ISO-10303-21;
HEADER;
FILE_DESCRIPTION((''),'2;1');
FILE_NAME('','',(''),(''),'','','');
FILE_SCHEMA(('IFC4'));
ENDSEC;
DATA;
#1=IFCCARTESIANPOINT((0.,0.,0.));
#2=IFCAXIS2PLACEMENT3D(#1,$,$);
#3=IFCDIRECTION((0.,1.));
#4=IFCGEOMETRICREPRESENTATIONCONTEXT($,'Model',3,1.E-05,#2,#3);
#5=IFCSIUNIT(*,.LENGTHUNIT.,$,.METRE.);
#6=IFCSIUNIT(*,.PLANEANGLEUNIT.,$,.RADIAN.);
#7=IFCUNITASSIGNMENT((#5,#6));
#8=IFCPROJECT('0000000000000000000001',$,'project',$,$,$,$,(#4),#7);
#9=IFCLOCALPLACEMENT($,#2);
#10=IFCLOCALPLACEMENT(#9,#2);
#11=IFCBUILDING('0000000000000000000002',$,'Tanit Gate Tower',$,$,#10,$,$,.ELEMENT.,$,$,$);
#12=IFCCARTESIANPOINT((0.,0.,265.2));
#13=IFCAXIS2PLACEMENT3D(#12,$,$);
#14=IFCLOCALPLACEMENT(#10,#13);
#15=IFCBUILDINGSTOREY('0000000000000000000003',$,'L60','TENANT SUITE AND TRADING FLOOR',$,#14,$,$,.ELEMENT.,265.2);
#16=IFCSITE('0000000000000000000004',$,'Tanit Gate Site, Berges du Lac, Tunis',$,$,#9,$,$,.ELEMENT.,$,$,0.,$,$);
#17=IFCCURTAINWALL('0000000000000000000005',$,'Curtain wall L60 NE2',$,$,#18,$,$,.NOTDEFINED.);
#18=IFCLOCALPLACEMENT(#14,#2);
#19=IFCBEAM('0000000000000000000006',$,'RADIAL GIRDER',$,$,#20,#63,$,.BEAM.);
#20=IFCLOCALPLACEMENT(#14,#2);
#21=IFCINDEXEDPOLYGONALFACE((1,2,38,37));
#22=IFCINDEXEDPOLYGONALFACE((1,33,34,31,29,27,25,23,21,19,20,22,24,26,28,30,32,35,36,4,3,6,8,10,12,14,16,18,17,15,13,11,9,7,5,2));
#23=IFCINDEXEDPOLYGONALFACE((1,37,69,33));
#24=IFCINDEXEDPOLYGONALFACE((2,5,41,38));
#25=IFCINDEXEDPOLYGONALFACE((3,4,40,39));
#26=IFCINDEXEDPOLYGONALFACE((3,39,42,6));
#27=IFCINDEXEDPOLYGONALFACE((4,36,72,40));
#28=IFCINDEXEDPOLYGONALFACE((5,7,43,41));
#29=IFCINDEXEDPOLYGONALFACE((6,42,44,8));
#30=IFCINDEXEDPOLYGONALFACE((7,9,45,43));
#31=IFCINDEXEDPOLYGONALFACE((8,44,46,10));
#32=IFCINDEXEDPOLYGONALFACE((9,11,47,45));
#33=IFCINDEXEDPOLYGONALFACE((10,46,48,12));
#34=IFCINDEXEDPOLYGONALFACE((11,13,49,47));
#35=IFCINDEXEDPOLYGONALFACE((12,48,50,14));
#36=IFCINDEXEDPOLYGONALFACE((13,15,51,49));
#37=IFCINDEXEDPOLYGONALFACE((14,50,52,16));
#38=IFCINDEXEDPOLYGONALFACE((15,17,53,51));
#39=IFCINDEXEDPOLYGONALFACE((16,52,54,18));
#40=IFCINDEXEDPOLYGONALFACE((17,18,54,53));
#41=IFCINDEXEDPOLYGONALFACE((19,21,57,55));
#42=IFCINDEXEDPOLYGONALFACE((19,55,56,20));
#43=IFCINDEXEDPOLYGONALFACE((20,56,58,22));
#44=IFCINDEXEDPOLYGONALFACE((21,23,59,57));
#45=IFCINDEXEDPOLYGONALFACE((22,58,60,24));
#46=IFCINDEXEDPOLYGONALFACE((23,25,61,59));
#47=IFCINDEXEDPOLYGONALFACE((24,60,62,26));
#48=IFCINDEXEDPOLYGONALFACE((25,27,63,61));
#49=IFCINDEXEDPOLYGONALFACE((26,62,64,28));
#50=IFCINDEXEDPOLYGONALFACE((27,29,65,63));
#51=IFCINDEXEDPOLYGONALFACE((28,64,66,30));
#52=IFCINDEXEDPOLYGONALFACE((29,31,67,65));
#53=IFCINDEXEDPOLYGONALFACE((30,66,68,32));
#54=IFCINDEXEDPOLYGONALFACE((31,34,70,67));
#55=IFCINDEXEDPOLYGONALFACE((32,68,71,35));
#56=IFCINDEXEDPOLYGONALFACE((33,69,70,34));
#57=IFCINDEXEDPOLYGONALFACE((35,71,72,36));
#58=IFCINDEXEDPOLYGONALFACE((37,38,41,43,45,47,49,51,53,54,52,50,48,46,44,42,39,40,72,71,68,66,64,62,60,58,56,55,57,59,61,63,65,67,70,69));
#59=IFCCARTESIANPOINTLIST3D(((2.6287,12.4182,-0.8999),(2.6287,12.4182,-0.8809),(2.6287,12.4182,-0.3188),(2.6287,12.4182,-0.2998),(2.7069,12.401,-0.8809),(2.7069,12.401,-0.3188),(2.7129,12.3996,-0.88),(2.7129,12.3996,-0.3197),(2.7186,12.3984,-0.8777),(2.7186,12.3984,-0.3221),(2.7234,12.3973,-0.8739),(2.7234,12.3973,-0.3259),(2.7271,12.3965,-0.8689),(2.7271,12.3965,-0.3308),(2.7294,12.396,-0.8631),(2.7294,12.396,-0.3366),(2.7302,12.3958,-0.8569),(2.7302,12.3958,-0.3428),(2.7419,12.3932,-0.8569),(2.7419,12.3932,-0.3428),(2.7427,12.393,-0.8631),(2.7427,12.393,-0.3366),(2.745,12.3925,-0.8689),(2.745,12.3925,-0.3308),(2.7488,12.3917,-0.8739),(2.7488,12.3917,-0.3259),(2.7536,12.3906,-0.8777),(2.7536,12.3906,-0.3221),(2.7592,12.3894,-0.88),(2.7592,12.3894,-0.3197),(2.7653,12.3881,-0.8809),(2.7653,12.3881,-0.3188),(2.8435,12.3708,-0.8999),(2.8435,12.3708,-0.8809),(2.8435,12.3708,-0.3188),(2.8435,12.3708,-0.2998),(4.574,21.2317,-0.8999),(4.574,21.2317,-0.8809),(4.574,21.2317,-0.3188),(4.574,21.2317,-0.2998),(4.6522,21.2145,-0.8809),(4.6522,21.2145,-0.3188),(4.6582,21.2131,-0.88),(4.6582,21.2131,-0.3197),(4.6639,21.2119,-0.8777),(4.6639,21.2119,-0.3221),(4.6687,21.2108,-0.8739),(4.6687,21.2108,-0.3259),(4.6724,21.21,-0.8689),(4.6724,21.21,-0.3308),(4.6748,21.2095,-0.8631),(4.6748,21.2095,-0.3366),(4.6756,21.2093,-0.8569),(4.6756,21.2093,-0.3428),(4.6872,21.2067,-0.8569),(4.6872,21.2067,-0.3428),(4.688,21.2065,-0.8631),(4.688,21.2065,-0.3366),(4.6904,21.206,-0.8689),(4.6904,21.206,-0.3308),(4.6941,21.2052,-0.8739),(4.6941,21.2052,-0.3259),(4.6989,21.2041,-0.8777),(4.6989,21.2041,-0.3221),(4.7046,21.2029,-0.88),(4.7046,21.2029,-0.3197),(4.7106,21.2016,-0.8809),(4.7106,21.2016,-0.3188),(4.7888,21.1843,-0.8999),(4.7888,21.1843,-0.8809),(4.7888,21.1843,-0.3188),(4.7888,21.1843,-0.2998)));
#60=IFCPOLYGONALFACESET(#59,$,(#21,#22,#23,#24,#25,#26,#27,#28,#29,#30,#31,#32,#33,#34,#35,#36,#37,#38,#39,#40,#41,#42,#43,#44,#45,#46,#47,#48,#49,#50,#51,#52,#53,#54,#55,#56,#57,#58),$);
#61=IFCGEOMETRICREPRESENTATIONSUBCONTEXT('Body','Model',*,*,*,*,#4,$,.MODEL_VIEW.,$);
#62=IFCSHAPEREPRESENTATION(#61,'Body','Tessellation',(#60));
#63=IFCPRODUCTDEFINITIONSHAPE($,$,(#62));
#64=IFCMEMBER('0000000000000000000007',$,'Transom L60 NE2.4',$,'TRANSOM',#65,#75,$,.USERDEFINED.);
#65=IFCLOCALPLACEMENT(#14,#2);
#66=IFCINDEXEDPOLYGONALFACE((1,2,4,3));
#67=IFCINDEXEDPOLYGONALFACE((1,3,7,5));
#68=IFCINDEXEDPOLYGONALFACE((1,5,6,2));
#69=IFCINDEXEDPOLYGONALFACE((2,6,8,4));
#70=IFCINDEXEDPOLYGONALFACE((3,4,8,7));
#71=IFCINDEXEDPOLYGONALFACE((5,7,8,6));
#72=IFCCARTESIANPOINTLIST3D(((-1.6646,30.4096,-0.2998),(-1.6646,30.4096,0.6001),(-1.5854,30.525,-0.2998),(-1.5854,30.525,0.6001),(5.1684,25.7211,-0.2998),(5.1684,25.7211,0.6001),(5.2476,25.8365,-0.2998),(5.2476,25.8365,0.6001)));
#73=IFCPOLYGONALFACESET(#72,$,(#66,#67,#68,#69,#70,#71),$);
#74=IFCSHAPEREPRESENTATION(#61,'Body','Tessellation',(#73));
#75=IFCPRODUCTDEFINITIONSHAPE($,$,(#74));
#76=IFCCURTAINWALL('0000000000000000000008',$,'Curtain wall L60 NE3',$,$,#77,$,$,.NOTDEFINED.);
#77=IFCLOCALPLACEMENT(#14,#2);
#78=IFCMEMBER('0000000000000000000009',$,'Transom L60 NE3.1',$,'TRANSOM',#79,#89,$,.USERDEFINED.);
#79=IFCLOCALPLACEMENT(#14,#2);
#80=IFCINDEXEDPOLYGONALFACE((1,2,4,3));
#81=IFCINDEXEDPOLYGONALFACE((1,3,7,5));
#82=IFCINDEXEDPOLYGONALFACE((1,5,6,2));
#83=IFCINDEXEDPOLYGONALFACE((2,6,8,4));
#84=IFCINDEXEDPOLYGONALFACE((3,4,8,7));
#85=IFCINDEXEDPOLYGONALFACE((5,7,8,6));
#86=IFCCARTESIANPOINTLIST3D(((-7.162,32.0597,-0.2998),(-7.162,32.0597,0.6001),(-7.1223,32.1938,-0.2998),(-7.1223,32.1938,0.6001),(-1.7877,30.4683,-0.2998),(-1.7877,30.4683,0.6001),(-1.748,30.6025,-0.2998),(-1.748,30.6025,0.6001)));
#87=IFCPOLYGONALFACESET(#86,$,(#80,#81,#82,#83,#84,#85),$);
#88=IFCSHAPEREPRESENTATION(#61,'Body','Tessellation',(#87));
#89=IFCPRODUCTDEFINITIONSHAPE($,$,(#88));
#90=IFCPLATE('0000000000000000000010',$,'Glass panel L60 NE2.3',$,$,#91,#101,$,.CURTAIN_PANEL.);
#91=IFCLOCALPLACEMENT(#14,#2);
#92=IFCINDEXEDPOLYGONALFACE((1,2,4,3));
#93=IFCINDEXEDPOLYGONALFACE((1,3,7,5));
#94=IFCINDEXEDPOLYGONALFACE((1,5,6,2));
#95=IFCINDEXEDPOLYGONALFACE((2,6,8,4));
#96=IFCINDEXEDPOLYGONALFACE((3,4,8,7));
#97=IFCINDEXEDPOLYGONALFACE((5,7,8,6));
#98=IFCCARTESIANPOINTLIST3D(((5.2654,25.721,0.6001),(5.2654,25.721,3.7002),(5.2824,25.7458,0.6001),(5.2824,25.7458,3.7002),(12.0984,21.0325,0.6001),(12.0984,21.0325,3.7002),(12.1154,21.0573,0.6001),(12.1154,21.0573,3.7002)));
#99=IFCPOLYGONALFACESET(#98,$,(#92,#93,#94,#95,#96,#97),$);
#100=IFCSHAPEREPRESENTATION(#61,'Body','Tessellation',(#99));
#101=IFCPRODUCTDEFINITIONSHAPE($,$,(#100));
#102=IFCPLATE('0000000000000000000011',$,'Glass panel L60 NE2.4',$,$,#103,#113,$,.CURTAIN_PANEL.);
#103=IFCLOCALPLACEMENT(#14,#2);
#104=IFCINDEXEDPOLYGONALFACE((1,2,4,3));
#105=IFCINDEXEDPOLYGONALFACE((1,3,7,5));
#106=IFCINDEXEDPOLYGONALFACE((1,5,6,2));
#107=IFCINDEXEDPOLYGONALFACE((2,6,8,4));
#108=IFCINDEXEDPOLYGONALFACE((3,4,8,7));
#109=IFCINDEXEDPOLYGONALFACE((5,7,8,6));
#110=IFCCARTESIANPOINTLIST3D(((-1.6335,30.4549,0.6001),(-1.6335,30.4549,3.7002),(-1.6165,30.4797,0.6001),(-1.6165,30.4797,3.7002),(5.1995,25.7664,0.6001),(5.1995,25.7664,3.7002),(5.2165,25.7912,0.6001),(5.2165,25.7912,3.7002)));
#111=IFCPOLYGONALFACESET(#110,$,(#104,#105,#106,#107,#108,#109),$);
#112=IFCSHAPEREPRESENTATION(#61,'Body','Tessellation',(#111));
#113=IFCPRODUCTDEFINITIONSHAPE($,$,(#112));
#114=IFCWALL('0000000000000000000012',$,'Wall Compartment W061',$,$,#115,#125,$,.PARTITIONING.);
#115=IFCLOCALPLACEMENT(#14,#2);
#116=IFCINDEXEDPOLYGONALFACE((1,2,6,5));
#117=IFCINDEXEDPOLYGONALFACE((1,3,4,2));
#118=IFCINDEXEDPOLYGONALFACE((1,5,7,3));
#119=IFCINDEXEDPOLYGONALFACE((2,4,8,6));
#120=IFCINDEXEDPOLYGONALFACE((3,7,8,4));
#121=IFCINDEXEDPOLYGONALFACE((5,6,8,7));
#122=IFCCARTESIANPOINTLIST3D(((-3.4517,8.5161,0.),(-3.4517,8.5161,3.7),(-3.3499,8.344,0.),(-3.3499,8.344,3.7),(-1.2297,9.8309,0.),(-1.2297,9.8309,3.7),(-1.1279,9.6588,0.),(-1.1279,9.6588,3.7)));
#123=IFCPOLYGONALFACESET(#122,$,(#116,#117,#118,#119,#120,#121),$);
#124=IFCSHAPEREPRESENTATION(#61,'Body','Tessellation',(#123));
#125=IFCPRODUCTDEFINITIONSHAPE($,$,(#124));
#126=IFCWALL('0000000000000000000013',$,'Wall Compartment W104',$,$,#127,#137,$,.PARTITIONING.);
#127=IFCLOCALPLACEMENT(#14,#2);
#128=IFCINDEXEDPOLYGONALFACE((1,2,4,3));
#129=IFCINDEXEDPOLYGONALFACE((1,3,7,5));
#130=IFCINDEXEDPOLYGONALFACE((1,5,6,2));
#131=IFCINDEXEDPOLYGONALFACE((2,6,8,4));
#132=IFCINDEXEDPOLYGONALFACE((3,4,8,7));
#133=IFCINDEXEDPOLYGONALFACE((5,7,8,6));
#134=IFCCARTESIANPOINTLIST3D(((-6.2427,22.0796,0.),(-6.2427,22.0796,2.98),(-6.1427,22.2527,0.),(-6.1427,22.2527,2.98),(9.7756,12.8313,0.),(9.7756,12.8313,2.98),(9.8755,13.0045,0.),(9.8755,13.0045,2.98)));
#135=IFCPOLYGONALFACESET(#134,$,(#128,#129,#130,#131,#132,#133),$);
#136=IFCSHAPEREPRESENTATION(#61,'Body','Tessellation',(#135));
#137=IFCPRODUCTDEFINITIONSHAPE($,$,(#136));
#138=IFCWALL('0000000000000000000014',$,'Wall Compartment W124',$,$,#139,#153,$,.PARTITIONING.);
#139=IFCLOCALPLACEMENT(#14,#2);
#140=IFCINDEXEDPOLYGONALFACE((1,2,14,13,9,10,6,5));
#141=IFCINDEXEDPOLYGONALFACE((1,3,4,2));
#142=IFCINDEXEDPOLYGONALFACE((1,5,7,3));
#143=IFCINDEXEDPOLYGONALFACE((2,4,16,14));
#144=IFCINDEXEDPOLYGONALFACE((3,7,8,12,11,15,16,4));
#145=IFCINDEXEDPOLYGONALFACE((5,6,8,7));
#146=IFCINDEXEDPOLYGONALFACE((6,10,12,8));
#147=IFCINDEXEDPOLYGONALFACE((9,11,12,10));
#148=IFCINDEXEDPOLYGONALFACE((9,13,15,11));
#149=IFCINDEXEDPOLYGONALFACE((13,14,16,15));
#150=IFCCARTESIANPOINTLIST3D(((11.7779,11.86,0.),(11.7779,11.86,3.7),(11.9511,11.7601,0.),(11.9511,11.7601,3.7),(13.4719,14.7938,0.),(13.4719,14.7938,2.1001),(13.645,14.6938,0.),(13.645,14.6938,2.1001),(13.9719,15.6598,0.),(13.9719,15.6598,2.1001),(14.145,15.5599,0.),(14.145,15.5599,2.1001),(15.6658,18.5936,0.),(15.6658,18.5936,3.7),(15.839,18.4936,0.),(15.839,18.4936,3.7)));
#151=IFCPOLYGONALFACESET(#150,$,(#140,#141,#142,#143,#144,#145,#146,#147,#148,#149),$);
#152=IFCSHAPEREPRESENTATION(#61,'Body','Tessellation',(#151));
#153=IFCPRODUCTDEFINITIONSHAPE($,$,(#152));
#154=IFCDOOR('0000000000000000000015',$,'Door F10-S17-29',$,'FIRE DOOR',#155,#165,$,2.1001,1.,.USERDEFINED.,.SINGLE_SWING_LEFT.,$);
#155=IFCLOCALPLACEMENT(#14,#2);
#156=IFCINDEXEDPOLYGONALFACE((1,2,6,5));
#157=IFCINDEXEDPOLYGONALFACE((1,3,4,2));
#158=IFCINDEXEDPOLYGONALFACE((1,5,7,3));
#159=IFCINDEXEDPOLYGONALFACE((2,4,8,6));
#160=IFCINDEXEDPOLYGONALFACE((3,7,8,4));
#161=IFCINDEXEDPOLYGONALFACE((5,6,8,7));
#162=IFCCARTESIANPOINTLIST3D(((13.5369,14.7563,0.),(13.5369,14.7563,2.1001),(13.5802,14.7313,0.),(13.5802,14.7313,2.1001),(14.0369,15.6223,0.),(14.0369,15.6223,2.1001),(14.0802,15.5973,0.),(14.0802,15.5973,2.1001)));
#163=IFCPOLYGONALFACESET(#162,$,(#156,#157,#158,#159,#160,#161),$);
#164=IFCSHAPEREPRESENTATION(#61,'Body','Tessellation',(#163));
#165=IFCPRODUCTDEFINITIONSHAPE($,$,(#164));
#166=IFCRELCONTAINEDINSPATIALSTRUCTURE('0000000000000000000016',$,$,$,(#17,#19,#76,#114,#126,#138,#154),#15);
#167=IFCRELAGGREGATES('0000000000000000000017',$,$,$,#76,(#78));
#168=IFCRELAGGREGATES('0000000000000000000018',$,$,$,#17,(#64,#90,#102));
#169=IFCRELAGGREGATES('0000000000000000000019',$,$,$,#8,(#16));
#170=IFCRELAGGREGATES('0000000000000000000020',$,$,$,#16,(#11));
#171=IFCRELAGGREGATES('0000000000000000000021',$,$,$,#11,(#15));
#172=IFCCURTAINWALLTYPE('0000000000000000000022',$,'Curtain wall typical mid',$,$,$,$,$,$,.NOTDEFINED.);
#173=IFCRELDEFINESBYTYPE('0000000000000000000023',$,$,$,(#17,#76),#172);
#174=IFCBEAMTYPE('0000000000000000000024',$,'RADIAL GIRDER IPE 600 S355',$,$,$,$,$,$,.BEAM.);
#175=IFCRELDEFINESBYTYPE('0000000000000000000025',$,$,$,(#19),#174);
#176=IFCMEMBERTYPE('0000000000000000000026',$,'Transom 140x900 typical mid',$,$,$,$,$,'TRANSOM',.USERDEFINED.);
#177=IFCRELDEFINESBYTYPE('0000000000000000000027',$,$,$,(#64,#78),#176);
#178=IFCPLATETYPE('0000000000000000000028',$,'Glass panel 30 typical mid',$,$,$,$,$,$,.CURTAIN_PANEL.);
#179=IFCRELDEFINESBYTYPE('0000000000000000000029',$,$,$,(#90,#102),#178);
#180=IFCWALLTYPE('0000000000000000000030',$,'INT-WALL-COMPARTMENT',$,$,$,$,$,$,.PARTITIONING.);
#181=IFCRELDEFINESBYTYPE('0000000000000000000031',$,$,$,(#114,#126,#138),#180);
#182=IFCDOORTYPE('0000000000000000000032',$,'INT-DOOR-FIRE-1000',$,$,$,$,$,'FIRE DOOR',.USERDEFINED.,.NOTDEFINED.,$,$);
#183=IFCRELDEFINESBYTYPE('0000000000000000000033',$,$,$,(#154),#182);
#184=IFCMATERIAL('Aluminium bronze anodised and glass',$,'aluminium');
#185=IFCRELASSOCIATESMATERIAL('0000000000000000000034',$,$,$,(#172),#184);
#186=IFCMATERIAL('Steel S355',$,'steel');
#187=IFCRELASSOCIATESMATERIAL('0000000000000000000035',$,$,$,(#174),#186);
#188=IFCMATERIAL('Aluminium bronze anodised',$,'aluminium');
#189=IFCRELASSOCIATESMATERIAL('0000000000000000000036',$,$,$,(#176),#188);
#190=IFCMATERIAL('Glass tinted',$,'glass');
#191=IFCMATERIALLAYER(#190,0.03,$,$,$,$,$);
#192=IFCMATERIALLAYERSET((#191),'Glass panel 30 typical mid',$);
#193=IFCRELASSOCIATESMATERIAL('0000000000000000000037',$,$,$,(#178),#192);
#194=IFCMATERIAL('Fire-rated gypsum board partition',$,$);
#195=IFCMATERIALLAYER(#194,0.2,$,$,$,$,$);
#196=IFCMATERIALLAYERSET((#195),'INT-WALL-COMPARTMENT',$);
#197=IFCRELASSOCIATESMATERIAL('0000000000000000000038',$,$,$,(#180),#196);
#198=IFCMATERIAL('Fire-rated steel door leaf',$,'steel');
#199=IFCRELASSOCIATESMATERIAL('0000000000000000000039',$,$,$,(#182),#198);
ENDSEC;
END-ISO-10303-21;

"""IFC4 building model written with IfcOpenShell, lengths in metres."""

from ifc_helpers import new_model, si_unit, direction, frame, frame_2d, origin, origin_2d, place, context, subcontext, project, spatial, rectangle, i_section, extrude, material, layer, layer_set, material_profile, profile_set, type_object, element, fill, aggregate, save


model = new_model("IFC4")

# Units and contexts
model_context = context("Model", 3, precision=1e-05, world=origin(), true_north=direction((0.0, 1.0)))
body_context = subcontext(model_context, "Body", "Model", "MODEL_VIEW")
ifc_project = project(units=[si_unit("LENGTHUNIT", "METRE"), si_unit("PLANEANGLEUNIT", "RADIAN")], contexts=[model_context])

# Site, building, storey
site_placement = place(None, origin())
site = spatial("IfcSite", under=ifc_project, at=site_placement, Name="Tanit Gate Site, Berges du Lac, Tunis", CompositionType="ELEMENT", RefElevation=0.0)
building_placement = place(site_placement, origin())
building = spatial("IfcBuilding", under=site, at=building_placement, Name="Tanit Gate Tower", CompositionType="ELEMENT")
storey_placement = place(building_placement, frame((0.0, 0.0, 265.2)))
storey = spatial("IfcBuildingStorey", under=building, at=storey_placement, Name="L60", Description="TENANT SUITE AND TRADING FLOOR", CompositionType="ELEMENT", Elevation=265.2)

# Curtain wall
ifc_material_1 = material(Name="Aluminium bronze anodised and glass", Category="aluminium")
curtain_wall_type = type_object("IfcCurtainWallType", Name="Curtain wall typical mid", PredefinedType="NOTDEFINED", material=ifc_material_1)
curtain_wall_1_placement = place(storey_placement, origin())
curtain_wall_1 = element("IfcCurtainWall", 1, at=curtain_wall_1_placement, inside=storey, type_object=curtain_wall_type, Name="Curtain wall L60 NE2", PredefinedType="NOTDEFINED")

# Beam
ifc_material_2 = material(Name="Steel S355", Category="steel")
ifc_material_profile_1 = material_profile(ifc_material_2, i_section(OverallWidth=0.22, OverallDepth=0.6001, WebThickness=0.012, FlangeThickness=0.019, FilletRadius=0.0239, at=origin_2d()), Name="IPE 600")
ifc_profile_set_1 = profile_set([ifc_material_profile_1], Name="Steel S355")
beam_type_1 = type_object("IfcBeamType", Name="RADIAL GIRDER IPE 600 S355", PredefinedType="BEAM", material=ifc_profile_set_1)
beam_1_placement = place(storey_placement, frame((4.6814, 21.208, -0.5999), z_axis=(-0.215533, -0.976497, 0.0), x_axis=(0.976497, -0.215533, 0.0)))
element("IfcBeam", 2, at=beam_1_placement, inside=storey, type_object=beam_type_1, Name="RADIAL GIRDER", PredefinedType="BEAM", context=body_context, shape_type="SweptSolid", body=[
    extrude(i_section(OverallWidth=0.22, OverallDepth=0.6001, WebThickness=0.012, FlangeThickness=0.019, FilletRadius=0.0239, at=origin_2d()), origin(), (0.0, 0.0, 1.0), 9.0256),
])

# Member
ifc_material_3 = material(Name="Aluminium bronze anodised", Category="aluminium")
ifc_material_profile_2 = material_profile(ifc_material_3, rectangle(XDim=0.1399, YDim=0.8999, at=origin_2d()), Name="140x900 bronze transom")
ifc_profile_set_2 = profile_set([ifc_material_profile_2], Name="Aluminium bronze anodised")
member_type_1 = type_object("IfcMemberType", Name="Transom 140x900 typical mid", ElementType="TRANSOM", PredefinedType="USERDEFINED", material=ifc_profile_set_2)
member_1_placement = place(storey_placement, frame((5.208, 25.7788, 0.1501), z_axis=(-0.824561, 0.565773, 0.0), x_axis=(-0.565773, -0.824561, 0.0)))
member_1 = element("IfcMember", 3, at=member_1_placement, type_object=member_type_1, Name="Transom L60 NE2.4", ObjectType="TRANSOM", PredefinedType="USERDEFINED", context=body_context, shape_type="SweptSolid", body=[
    extrude(rectangle(XDim=0.1399, YDim=0.8999, at=origin_2d()), origin(), (0.0, 0.0, 1.0), 8.2869),
])

# Curtain wall, member
curtain_wall_2_placement = place(storey_placement, origin())
curtain_wall_2 = element("IfcCurtainWall", 4, at=curtain_wall_2_placement, inside=storey, type_object=curtain_wall_type, Name="Curtain wall L60 NE3", PredefinedType="NOTDEFINED")
member_2_placement = place(storey_placement, frame((-1.7678, 30.5354, 0.1501), z_axis=(-0.95885, 0.283913, 0.0), x_axis=(-0.283913, -0.95885, 0.0)))
member_2 = element("IfcMember", 5, at=member_2_placement, type_object=member_type_1, Name="Transom L60 NE3.1", ObjectType="TRANSOM", PredefinedType="USERDEFINED", context=body_context, shape_type="SweptSolid", body=[
    extrude(rectangle(XDim=0.1399, YDim=0.8999, at=origin_2d()), origin(), (0.0, 0.0, 1.0), 5.605),
])
aggregate(curtain_wall_2, [member_2])

# Plates
ifc_material_4 = material(Name="Glass tinted", Category="glass")
ifc_layer_1 = layer(ifc_material_4, 0.03)
ifc_layer_set_1 = layer_set([ifc_layer_1], Name="Glass panel 30 typical mid")
plate_type = type_object("IfcPlateType", Name="Glass panel 30 typical mid", PredefinedType="CURTAIN_PANEL", material=ifc_layer_set_1)
plate_1_placement = place(storey_placement, frame((8.6904, 23.3892, 0.6001), z_axis=(0.0, 0.0, 1.0), x_axis=(-0.824557, 0.56578, 0.0)))
plate_1 = element("IfcPlate", 6, at=plate_1_placement, type_object=plate_type, Name="Glass panel L60 NE2.3", PredefinedType="CURTAIN_PANEL", context=body_context, shape_type="SweptSolid", body=[
    extrude(rectangle(XDim=8.2869, YDim=0.03, at=origin_2d()), origin(), (0.0, 0.0, 1.0), 3.1001),
])
plate_2_placement = place(storey_placement, frame((1.7915, 28.123, 0.6001), z_axis=(0.0, 0.0, 1.0), x_axis=(-0.824557, 0.56578, 0.0)))
plate_2 = element("IfcPlate", 7, at=plate_2_placement, type_object=plate_type, Name="Glass panel L60 NE2.4", PredefinedType="CURTAIN_PANEL", context=body_context, shape_type="SweptSolid", body=[
    extrude(rectangle(XDim=8.2869, YDim=0.03, at=origin_2d()), origin(), (0.0, 0.0, 1.0), 3.1001),
])
aggregate(curtain_wall_1, [member_1, plate_1, plate_2])

# Walls
ifc_material_5 = material(Name="Fire-rated gypsum board partition")
ifc_layer_2 = layer(ifc_material_5, 0.2)
ifc_layer_set_2 = layer_set([ifc_layer_2], Name="INT-WALL-COMPARTMENT")
wall_type_1 = type_object("IfcWallType", Name="INT-WALL-COMPARTMENT", PredefinedType="PARTITIONING", material=ifc_layer_set_2)
wall_1_placement = place(storey_placement, frame((-1.1787, 9.7449, 0.0), z_axis=(0.0, 0.0, 1.0), x_axis=(-0.860631, -0.509229, 0.0)))
element("IfcWall", 8, at=wall_1_placement, inside=storey, type_object=wall_type_1, Name="Wall Compartment W061", PredefinedType="PARTITIONING", context=body_context, shape_type="SweptSolid", body=[
    extrude(rectangle(XDim=2.5818, YDim=0.2, at=frame_2d((1.291, 0.0))), origin(), (0.0, 0.0, 1.0), 3.7),
])
wall_2_placement = place(storey_placement, frame((9.8254, 12.918, 0.0), z_axis=(0.0, 0.0, 1.0), x_axis=(-0.866023, 0.500005, 0.0)))
element("IfcWall", 9, at=wall_2_placement, inside=storey, type_object=wall_type_1, Name="Wall Compartment W104", PredefinedType="PARTITIONING", context=body_context, shape_type="SweptSolid", body=[
    extrude(rectangle(XDim=18.4963, YDim=0.2, at=frame_2d((9.248, 0.0))), origin(), (0.0, 0.0, 1.0), 2.98),
])

# Wall, opening, door
wall_3_placement = place(storey_placement, frame((11.8645, 11.8101, 0.0), z_axis=(0.0, 0.0, 1.0), x_axis=(0.500026, 0.86601, 0.0)))
wall_3 = element("IfcWall", 10, at=wall_3_placement, inside=storey, type_object=wall_type_1, Name="Wall Compartment W124", PredefinedType="PARTITIONING", context=body_context, shape_type="SweptSolid", body=[
    extrude(rectangle(XDim=7.7754, YDim=0.2, at=frame_2d((3.8877, 0.0))), origin(), (0.0, 0.0, 1.0), 3.7),
])
opening_1_placement = place(wall_3_placement, frame((3.3877, 0.0, 0.0)))
opening_1 = element("IfcOpeningElement", 11, at=opening_1_placement, cuts=wall_3, PredefinedType="OPENING", context=body_context, shape_type="SweptSolid", body=[
    extrude(rectangle(XDim=1.0, YDim=2.1001, at=frame_2d((0.5, 1.05))), frame((0.0, 0.1099, 0.0), z_axis=(0.0, -1.0, 0.0), x_axis=(1.0, 0.0, 0.0)), (0.0, 0.0, 1.0), 0.22),
])
ifc_material_6 = material(Name="Fire-rated steel door leaf", Category="steel")
door_type_1 = type_object("IfcDoorType", Name="INT-DOOR-FIRE-1000", ElementType="FIRE DOOR", OperationType="NOTDEFINED", PredefinedType="USERDEFINED", material=ifc_material_6)
door_1_placement = place(opening_1_placement, origin())
door_1 = element("IfcDoor", 12, at=door_1_placement, inside=storey, type_object=door_type_1, Name="Door F10-S17-29", ObjectType="FIRE DOOR", OperationType="SINGLE_SWING_LEFT", OverallHeight=2.1001, OverallWidth=1.0, PredefinedType="USERDEFINED", context=body_context, shape_type="SweptSolid", body=[
    extrude(rectangle(XDim=1.0, YDim=2.1001, at=frame_2d((0.5, 1.05))), frame((0.0, 0.0249, 0.0), z_axis=(0.0, -1.0, 0.0), x_axis=(1.0, 0.0, 0.0)), (0.0, 0.0, 1.0), 0.05),
])
fill(opening_1, door_1)

save(model, "model.ifc")
